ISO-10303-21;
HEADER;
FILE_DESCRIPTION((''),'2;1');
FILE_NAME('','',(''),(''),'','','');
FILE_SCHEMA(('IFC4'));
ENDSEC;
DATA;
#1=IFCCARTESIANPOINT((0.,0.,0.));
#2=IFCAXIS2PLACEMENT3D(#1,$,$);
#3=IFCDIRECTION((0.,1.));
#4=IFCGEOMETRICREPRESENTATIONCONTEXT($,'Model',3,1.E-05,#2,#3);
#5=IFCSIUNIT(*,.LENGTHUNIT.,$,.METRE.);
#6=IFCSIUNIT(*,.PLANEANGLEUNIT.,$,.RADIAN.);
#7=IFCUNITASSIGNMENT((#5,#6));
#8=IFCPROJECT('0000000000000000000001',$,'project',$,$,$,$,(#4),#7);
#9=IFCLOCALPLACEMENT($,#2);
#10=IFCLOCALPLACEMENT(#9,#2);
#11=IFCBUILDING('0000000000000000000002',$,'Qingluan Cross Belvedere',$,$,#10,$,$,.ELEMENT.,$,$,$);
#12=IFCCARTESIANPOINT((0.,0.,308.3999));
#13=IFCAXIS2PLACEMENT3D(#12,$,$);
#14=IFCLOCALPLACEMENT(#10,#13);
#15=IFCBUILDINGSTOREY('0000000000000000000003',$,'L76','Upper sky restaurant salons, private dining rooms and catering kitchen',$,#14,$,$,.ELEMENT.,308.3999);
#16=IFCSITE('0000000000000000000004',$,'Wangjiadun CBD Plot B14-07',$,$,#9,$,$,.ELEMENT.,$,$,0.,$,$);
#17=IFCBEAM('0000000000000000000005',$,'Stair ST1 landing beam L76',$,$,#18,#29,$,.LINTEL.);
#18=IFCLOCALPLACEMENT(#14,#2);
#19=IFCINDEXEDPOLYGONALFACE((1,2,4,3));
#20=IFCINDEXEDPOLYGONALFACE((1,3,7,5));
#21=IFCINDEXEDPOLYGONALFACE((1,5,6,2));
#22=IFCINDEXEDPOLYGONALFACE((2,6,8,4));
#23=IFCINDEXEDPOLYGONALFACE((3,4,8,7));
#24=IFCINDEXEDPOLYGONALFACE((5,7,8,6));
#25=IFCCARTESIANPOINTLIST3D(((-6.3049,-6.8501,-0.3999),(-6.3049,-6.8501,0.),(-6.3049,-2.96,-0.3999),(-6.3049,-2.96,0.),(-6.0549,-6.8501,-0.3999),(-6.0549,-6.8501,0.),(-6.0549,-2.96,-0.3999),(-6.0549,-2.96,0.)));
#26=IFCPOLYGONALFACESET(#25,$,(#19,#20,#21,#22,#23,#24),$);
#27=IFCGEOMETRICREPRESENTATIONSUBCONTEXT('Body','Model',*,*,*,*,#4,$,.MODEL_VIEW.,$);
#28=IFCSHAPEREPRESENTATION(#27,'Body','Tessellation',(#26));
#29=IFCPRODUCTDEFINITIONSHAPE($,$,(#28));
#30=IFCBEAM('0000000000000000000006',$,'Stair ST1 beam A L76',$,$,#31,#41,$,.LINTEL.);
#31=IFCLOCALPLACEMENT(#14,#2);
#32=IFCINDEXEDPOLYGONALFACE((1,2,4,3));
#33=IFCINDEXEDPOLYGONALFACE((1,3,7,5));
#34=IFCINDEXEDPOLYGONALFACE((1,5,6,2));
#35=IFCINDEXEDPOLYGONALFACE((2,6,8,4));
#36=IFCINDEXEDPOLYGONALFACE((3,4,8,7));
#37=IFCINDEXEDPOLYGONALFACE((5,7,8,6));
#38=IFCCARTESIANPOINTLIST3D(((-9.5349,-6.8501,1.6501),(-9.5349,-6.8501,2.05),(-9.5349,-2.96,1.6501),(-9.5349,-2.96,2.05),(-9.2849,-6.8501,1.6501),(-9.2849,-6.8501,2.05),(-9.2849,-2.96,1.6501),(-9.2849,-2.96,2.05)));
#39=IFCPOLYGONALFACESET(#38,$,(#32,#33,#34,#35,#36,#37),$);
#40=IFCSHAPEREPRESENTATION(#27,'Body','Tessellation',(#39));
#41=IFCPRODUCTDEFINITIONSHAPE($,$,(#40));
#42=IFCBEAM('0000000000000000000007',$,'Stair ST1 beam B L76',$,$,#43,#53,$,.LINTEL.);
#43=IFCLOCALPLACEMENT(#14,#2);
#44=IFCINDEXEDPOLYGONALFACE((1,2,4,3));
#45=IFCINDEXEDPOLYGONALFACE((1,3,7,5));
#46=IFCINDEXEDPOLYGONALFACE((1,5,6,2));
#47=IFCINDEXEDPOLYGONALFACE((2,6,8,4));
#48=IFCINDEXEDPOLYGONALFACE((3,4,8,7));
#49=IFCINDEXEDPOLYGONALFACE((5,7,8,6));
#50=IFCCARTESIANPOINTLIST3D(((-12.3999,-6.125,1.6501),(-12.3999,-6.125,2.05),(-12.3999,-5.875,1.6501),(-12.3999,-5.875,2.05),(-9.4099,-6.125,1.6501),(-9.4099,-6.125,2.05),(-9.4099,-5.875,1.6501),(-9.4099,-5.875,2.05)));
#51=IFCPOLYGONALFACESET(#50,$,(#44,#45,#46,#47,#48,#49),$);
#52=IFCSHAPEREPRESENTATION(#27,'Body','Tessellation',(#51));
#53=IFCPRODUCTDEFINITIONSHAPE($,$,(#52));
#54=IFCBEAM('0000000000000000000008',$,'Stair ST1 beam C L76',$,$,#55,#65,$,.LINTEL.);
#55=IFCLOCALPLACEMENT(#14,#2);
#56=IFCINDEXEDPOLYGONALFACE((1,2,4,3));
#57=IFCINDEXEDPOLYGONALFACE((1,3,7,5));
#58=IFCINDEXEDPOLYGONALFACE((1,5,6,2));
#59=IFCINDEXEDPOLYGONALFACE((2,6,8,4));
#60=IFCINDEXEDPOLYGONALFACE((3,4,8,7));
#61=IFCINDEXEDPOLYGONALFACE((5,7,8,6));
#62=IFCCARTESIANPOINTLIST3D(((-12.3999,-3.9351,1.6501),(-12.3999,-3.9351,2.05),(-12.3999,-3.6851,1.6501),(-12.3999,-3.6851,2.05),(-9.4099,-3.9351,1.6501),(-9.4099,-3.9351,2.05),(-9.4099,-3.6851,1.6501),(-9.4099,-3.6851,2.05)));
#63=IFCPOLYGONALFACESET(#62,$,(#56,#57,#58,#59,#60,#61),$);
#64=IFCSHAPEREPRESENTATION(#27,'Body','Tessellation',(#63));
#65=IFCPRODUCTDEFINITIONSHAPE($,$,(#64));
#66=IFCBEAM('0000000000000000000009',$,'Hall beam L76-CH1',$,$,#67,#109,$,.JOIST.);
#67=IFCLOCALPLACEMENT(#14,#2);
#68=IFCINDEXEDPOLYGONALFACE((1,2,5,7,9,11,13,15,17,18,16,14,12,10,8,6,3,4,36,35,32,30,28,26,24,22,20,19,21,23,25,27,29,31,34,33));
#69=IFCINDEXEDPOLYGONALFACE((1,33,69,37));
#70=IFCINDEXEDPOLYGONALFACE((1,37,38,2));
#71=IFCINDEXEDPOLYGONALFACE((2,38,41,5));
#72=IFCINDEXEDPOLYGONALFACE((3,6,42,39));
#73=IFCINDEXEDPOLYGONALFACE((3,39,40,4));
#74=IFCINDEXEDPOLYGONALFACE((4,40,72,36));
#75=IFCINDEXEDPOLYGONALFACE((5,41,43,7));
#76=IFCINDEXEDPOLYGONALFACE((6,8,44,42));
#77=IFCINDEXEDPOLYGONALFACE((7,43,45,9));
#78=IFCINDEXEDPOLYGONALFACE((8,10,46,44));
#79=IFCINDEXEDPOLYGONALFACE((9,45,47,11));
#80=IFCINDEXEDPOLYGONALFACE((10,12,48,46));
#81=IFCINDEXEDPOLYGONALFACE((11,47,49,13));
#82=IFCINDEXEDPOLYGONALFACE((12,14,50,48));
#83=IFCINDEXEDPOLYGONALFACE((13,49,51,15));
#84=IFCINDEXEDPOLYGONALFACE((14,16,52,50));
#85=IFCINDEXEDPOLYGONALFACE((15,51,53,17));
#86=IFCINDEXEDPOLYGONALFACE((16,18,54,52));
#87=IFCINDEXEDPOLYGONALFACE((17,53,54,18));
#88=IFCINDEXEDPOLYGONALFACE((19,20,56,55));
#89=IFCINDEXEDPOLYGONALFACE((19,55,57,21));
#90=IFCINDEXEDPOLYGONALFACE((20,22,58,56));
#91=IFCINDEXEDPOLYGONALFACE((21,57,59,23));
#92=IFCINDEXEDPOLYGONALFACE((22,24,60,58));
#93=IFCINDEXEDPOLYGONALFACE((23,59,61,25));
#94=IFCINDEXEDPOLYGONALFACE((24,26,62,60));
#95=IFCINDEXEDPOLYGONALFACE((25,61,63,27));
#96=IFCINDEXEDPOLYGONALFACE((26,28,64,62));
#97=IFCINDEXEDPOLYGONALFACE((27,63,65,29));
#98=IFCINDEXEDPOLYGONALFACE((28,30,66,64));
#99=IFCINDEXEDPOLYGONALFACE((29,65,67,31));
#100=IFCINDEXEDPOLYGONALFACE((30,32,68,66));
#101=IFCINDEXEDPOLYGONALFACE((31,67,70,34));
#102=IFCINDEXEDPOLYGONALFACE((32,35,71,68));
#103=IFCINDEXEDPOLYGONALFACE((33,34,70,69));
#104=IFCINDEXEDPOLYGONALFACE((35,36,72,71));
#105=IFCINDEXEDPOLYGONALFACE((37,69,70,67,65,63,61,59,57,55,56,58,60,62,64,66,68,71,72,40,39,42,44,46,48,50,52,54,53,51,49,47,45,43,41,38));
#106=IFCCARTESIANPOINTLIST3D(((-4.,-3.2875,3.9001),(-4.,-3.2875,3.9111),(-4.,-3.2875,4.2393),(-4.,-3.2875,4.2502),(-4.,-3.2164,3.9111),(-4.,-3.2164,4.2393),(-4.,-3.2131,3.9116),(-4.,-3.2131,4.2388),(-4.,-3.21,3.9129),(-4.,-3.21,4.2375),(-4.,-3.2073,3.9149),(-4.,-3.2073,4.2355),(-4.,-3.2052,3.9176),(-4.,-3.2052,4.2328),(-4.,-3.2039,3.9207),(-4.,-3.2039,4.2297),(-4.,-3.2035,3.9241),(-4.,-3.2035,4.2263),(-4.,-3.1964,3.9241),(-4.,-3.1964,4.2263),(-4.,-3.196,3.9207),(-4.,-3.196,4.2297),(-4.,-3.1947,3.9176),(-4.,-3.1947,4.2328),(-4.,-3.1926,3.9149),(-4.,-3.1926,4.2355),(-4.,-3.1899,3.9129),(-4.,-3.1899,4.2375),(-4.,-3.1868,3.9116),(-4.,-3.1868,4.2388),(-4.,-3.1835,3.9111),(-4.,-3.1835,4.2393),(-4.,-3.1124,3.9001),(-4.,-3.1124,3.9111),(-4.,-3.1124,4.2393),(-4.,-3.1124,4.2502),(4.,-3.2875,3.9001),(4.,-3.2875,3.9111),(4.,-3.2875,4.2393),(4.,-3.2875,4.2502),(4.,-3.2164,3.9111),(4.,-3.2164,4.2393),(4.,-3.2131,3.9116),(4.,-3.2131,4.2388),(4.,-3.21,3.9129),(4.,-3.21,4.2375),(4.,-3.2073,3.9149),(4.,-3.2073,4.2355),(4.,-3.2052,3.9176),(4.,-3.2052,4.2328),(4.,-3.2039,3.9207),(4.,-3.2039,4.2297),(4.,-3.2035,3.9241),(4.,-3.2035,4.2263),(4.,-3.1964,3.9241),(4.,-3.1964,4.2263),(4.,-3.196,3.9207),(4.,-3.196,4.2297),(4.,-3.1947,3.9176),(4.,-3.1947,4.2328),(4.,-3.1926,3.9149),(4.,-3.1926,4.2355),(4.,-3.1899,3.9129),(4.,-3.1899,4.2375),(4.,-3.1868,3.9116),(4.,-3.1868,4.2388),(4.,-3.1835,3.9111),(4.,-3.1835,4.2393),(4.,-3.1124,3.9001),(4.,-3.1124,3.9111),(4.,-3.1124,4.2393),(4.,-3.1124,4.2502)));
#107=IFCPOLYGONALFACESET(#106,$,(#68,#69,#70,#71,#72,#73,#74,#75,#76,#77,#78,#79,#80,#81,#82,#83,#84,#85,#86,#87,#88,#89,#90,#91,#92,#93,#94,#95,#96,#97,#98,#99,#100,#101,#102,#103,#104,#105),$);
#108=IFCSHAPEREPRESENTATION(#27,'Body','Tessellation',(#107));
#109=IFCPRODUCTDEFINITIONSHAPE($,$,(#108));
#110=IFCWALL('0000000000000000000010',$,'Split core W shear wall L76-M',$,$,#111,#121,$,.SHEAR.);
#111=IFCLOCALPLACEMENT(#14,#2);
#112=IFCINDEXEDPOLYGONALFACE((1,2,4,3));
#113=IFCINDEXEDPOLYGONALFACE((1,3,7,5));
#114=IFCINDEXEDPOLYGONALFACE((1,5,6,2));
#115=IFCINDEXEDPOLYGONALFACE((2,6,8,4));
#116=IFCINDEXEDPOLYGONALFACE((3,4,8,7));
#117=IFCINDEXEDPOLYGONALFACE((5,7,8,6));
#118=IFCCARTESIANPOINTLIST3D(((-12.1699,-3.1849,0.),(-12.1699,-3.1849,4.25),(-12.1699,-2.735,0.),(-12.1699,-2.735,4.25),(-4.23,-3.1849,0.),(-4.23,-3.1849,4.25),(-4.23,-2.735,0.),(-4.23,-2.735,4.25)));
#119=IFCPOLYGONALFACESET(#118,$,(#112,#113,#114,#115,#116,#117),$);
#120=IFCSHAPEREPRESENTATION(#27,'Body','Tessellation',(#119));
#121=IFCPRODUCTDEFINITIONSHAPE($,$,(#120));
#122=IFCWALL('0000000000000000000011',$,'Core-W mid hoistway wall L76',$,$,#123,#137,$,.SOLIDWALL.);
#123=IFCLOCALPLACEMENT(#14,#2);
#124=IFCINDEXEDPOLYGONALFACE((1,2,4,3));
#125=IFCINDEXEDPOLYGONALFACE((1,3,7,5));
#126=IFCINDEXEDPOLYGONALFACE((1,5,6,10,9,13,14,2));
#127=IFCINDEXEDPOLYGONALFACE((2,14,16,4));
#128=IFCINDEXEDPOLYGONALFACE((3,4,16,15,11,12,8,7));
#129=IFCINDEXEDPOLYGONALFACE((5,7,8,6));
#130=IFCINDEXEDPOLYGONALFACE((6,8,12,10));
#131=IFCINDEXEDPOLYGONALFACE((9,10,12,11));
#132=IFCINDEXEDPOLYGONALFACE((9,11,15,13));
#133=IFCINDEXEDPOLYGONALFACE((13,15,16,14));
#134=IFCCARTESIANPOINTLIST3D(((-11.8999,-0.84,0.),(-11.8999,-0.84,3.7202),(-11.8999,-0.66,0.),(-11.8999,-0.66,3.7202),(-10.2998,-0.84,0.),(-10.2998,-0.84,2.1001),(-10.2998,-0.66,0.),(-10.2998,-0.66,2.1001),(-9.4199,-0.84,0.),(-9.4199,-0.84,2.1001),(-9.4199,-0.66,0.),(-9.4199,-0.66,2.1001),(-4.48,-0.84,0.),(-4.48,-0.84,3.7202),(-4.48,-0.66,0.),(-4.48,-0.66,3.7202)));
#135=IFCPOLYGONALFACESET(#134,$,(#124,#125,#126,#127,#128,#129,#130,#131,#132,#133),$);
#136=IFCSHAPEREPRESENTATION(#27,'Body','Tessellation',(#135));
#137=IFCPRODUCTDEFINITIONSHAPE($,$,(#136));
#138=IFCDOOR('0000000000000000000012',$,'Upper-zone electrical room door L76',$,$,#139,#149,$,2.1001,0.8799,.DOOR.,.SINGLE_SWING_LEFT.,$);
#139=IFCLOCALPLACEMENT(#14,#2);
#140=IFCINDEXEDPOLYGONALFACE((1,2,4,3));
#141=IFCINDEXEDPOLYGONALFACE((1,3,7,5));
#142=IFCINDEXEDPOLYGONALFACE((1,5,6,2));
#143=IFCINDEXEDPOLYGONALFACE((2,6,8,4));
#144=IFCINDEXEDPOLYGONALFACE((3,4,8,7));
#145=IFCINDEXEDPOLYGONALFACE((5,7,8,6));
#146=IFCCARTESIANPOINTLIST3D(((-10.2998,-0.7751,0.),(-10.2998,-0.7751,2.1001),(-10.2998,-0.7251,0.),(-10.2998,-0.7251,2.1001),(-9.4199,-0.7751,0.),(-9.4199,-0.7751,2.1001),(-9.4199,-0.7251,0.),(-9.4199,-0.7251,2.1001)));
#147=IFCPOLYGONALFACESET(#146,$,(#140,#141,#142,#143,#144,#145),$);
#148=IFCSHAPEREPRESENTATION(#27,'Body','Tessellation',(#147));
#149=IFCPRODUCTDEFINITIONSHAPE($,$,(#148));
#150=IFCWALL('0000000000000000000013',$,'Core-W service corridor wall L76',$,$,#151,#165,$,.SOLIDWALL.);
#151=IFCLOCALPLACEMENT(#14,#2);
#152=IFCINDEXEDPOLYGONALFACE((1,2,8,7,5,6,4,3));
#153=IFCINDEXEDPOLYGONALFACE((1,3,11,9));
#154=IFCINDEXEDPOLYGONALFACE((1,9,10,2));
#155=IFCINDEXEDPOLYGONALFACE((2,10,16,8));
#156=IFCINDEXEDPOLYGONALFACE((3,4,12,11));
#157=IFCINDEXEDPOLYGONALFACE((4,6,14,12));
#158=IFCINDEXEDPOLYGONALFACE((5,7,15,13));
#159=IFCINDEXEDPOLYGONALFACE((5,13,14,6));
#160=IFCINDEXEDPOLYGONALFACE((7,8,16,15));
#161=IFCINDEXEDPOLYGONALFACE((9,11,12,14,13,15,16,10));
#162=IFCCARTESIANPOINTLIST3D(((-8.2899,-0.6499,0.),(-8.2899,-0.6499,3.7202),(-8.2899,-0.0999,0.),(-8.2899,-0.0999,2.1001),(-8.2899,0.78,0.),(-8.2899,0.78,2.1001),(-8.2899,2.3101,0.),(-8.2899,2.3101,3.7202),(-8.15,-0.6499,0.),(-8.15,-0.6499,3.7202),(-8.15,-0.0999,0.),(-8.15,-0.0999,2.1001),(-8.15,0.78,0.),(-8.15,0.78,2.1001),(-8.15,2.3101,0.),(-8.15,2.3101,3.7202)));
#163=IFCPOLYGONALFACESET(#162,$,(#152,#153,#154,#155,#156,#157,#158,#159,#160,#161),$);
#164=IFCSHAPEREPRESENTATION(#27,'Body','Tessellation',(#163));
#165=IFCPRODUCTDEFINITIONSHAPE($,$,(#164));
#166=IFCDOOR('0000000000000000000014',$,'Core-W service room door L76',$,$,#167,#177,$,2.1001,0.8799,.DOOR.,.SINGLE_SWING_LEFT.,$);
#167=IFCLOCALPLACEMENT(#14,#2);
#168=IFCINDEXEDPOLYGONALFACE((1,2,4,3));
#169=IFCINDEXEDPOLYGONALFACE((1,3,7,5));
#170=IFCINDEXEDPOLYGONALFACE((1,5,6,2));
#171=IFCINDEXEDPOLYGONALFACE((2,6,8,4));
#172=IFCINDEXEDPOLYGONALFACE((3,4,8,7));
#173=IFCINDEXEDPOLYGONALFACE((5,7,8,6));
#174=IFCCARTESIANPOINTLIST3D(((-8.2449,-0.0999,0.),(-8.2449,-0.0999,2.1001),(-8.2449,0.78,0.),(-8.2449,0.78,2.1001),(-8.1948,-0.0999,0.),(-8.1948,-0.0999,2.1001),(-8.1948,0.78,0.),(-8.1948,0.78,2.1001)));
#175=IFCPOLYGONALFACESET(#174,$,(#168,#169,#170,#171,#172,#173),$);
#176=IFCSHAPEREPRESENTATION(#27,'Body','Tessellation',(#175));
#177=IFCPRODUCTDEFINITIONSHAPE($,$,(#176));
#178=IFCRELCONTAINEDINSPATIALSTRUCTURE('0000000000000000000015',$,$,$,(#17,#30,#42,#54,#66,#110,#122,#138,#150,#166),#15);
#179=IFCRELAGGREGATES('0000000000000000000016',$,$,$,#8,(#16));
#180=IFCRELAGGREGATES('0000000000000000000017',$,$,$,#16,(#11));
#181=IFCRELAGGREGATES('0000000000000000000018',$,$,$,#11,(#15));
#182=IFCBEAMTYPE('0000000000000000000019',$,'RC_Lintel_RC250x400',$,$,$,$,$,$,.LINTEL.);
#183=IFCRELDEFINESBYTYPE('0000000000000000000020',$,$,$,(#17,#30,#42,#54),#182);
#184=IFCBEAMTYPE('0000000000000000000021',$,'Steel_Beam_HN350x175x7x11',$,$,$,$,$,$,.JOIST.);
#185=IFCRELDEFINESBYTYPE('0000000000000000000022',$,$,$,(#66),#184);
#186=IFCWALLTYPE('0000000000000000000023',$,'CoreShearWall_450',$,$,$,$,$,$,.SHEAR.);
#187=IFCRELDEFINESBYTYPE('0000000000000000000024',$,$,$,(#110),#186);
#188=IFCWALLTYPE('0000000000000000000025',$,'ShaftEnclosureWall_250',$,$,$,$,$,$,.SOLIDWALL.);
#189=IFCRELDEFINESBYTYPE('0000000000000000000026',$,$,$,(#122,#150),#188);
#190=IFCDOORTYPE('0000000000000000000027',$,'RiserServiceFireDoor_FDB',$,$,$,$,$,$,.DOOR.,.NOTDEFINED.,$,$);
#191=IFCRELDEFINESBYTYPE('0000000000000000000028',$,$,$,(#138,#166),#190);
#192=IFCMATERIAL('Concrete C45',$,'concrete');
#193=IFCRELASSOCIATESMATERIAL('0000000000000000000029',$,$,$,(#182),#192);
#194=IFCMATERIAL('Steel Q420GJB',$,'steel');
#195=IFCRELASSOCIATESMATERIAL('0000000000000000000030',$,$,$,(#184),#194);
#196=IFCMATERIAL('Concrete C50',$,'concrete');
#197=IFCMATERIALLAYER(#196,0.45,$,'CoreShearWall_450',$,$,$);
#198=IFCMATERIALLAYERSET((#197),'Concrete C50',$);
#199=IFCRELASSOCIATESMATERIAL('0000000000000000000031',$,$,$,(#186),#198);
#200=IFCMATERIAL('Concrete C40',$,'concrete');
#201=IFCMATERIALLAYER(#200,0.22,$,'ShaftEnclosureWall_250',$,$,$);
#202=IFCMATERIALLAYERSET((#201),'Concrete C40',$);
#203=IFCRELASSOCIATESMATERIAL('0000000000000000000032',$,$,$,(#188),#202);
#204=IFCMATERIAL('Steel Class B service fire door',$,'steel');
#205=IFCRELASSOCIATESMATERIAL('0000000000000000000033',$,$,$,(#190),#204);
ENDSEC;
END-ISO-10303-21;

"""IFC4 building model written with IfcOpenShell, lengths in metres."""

from ifc_helpers import new_model, si_unit, direction, frame, frame_2d, origin, origin_2d, place, context, subcontext, project, spatial, rectangle, i_section, extrude, material, layer, layer_set, material_profile, profile_set, type_object, element, fill, save


model = new_model("IFC4")

# Units and contexts
model_context = context("Model", 3, precision=1e-05, world=origin(), true_north=direction((0.0, 1.0)))
body_context = subcontext(model_context, "Body", "Model", "MODEL_VIEW")
ifc_project = project(units=[si_unit("LENGTHUNIT", "METRE"), si_unit("PLANEANGLEUNIT", "RADIAN")], contexts=[model_context])

# Site, building, storey
site_placement = place(None, origin())
site = spatial("IfcSite", under=ifc_project, at=site_placement, Name="Wangjiadun CBD Plot B14-07", CompositionType="ELEMENT", RefElevation=0.0)
building_placement = place(site_placement, origin())
building = spatial("IfcBuilding", under=site, at=building_placement, Name="Qingluan Cross Belvedere", CompositionType="ELEMENT")
storey_placement = place(building_placement, frame((0.0, 0.0, 308.3999)))
storey = spatial("IfcBuildingStorey", under=building, at=storey_placement, Name="L76", Description="Upper sky restaurant salons, private dining rooms and catering kitchen", CompositionType="ELEMENT", Elevation=308.3999)

# Beams
ifc_material_1 = material(Name="Concrete C45", Category="concrete")
ifc_material_profile_1 = material_profile(ifc_material_1, rectangle(XDim=0.25, YDim=0.3999, at=origin_2d()), Name="RC250x400")
ifc_profile_set_1 = profile_set([ifc_material_profile_1], Name="Concrete C45")
beam_type_1 = type_object("IfcBeamType", Name="RC_Lintel_RC250x400", PredefinedType="LINTEL", material=ifc_profile_set_1)
for number, where, z_axis, x_axis, name in (
    (1, (-6.1799, -6.8501, -0.2), (0.0, 1.0, 0.0), (-1.0, 0.0, 0.0), "Stair ST1 landing beam L76"),
    (2, (-9.4099, -6.8501, 1.8501), (0.0, 1.0, 0.0), (-1.0, 0.0, 0.0), "Stair ST1 beam A L76"),
):
    element("IfcBeam", number, at=place(storey_placement, frame(where, z_axis=z_axis, x_axis=x_axis)), inside=storey, type_object=beam_type_1, Name=name, PredefinedType="LINTEL", context=body_context, shape_type="SweptSolid", body=[
        extrude(rectangle(XDim=0.25, YDim=0.3999, at=origin_2d()), origin(), (0.0, 0.0, 1.0), 3.8901),
    ])
for number, where, z_axis, x_axis, name in (
    (3, (-12.3999, -6.0, 1.8501), (1.0, 0.0, 0.0), (0.0, 1.0, 0.0), "Stair ST1 beam B L76"),
    (4, (-12.3999, -3.8101, 1.8501), (1.0, 0.0, 0.0), (0.0, 1.0, 0.0), "Stair ST1 beam C L76"),
):
    element("IfcBeam", number, at=place(storey_placement, frame(where, z_axis=z_axis, x_axis=x_axis)), inside=storey, type_object=beam_type_1, Name=name, PredefinedType="LINTEL", context=body_context, shape_type="SweptSolid", body=[
        extrude(rectangle(XDim=0.25, YDim=0.3999, at=origin_2d()), origin(), (0.0, 0.0, 1.0), 2.99),
    ])
ifc_material_2 = material(Name="Steel Q420GJB", Category="steel")
ifc_material_profile_2 = material_profile(ifc_material_2, i_section(OverallWidth=0.175, OverallDepth=0.3501, WebThickness=0.0071, FlangeThickness=0.011, FilletRadius=0.0129, at=origin_2d()), Name="HN350x175x7x11")
ifc_profile_set_2 = profile_set([ifc_material_profile_2], Name="Steel Q420GJB")
beam_type_2 = type_object("IfcBeamType", Name="Steel_Beam_HN350x175x7x11", PredefinedType="JOIST", material=ifc_profile_set_2)
beam_placement = place(storey_placement, frame((-4.0, -3.2, 4.0752), z_axis=(1.0, 0.0, 0.0), x_axis=(0.0, 1.0, 0.0)))
element("IfcBeam", 5, at=beam_placement, inside=storey, type_object=beam_type_2, Name="Hall beam L76-CH1", PredefinedType="JOIST", context=body_context, shape_type="SweptSolid", body=[
    extrude(i_section(OverallWidth=0.175, OverallDepth=0.3501, WebThickness=0.0071, FlangeThickness=0.011, FilletRadius=0.0129, at=origin_2d()), origin(), (0.0, 0.0, 1.0), 8.0),
])

# Shared definitions
ifc_material_3 = material(Name="Concrete C50", Category="concrete")
ifc_layer_1 = layer(ifc_material_3, 0.45, Name="CoreShearWall_450")
ifc_layer_set_1 = layer_set([ifc_layer_1], Name="Concrete C50")
wall_type_1 = type_object("IfcWallType", Name="CoreShearWall_450", PredefinedType="SHEAR", material=ifc_layer_set_1)

# Wall
wall_1_placement = place(storey_placement, frame((-12.1699, -2.96, 0.0), z_axis=(0.0, 0.0, 1.0), x_axis=(1.0, 0.0, 0.0)))
element("IfcWall", 6, at=wall_1_placement, inside=storey, type_object=wall_type_1, Name="Split core W shear wall L76-M", PredefinedType="SHEAR", context=body_context, shape_type="SweptSolid", body=[
    extrude(rectangle(XDim=7.9399, YDim=0.45, at=frame_2d((3.97, 0.0))), origin(), (0.0, 0.0, 1.0), 4.25),
])

# Walls, openings, doors
ifc_material_4 = material(Name="Concrete C40", Category="concrete")
ifc_layer_2 = layer(ifc_material_4, 0.22, Name="ShaftEnclosureWall_250")
ifc_layer_set_2 = layer_set([ifc_layer_2], Name="Concrete C40")
wall_type_2 = type_object("IfcWallType", Name="ShaftEnclosureWall_250", PredefinedType="SOLIDWALL", material=ifc_layer_set_2)
wall_2_placement = place(storey_placement, frame((-11.8999, -0.75, 0.0), z_axis=(0.0, 0.0, 1.0), x_axis=(1.0, 0.0, 0.0)))
wall_2 = element("IfcWall", 7, at=wall_2_placement, inside=storey, type_object=wall_type_2, Name="Core-W mid hoistway wall L76", PredefinedType="SOLIDWALL", context=body_context, shape_type="SweptSolid", body=[
    extrude(rectangle(XDim=7.4199, YDim=0.1799, at=frame_2d((3.71, 0.0))), origin(), (0.0, 0.0, 1.0), 3.7202),
])
opening_1_placement = place(wall_2_placement, frame((1.6001, 0.0, 0.0)))
opening_1 = element("IfcOpeningElement", 8, at=opening_1_placement, cuts=wall_2, PredefinedType="OPENING", context=body_context, shape_type="SweptSolid", body=[
    extrude(rectangle(XDim=0.8799, YDim=2.1001, at=frame_2d((0.4399, 1.05))), frame((0.0, 0.0999, 0.0), z_axis=(0.0, -1.0, 0.0), x_axis=(1.0, 0.0, 0.0)), (0.0, 0.0, 1.0), 0.2),
])
ifc_material_5 = material(Name="Steel Class B service fire door", Category="steel")
door_type_1 = type_object("IfcDoorType", Name="RiserServiceFireDoor_FDB", OperationType="NOTDEFINED", PredefinedType="DOOR", material=ifc_material_5)
door_1_placement = place(opening_1_placement, origin())
door_1 = element("IfcDoor", 9, at=door_1_placement, inside=storey, type_object=door_type_1, Name="Upper-zone electrical room door L76", OperationType="SINGLE_SWING_LEFT", OverallHeight=2.1001, OverallWidth=0.8799, PredefinedType="DOOR", context=body_context, shape_type="SweptSolid", body=[
    extrude(rectangle(XDim=0.8799, YDim=2.1001, at=frame_2d((0.4399, 1.05))), frame((0.0, 0.0249, 0.0), z_axis=(0.0, -1.0, 0.0), x_axis=(1.0, 0.0, 0.0)), (0.0, 0.0, 1.0), 0.05),
])
fill(opening_1, door_1)
wall_3_placement = place(storey_placement, frame((-8.22, -0.6499, 0.0), z_axis=(0.0, 0.0, 1.0), x_axis=(0.0, 1.0, 0.0)))
wall_3 = element("IfcWall", 10, at=wall_3_placement, inside=storey, type_object=wall_type_2, Name="Core-W service corridor wall L76", PredefinedType="SOLIDWALL", context=body_context, shape_type="SweptSolid", body=[
    extrude(rectangle(XDim=2.96, YDim=0.1399, at=frame_2d((1.48, 0.0))), origin(), (0.0, 0.0, 1.0), 3.7202),
])
opening_2_placement = place(wall_3_placement, frame((0.55, 0.0, 0.0)))
opening_2 = element("IfcOpeningElement", 11, at=opening_2_placement, cuts=wall_3, PredefinedType="OPENING", context=body_context, shape_type="SweptSolid", body=[
    extrude(rectangle(XDim=0.8799, YDim=2.1001, at=frame_2d((0.4399, 1.05))), frame((0.0, 0.0798, 0.0), z_axis=(0.0, -1.0, 0.0), x_axis=(1.0, 0.0, 0.0)), (0.0, 0.0, 1.0), 0.1599),
])
door_2_placement = place(opening_2_placement, origin())
door_2 = element("IfcDoor", 12, at=door_2_placement, inside=storey, type_object=door_type_1, Name="Core-W service room door L76", OperationType="SINGLE_SWING_LEFT", OverallHeight=2.1001, OverallWidth=0.8799, PredefinedType="DOOR", context=body_context, shape_type="SweptSolid", body=[
    extrude(rectangle(XDim=0.8799, YDim=2.1001, at=frame_2d((0.4399, 1.05))), frame((0.0, 0.0249, 0.0), z_axis=(0.0, -1.0, 0.0), x_axis=(1.0, 0.0, 0.0)), (0.0, 0.0, 1.0), 0.05),
])
fill(opening_2, door_2)

save(model, "model.ifc")
